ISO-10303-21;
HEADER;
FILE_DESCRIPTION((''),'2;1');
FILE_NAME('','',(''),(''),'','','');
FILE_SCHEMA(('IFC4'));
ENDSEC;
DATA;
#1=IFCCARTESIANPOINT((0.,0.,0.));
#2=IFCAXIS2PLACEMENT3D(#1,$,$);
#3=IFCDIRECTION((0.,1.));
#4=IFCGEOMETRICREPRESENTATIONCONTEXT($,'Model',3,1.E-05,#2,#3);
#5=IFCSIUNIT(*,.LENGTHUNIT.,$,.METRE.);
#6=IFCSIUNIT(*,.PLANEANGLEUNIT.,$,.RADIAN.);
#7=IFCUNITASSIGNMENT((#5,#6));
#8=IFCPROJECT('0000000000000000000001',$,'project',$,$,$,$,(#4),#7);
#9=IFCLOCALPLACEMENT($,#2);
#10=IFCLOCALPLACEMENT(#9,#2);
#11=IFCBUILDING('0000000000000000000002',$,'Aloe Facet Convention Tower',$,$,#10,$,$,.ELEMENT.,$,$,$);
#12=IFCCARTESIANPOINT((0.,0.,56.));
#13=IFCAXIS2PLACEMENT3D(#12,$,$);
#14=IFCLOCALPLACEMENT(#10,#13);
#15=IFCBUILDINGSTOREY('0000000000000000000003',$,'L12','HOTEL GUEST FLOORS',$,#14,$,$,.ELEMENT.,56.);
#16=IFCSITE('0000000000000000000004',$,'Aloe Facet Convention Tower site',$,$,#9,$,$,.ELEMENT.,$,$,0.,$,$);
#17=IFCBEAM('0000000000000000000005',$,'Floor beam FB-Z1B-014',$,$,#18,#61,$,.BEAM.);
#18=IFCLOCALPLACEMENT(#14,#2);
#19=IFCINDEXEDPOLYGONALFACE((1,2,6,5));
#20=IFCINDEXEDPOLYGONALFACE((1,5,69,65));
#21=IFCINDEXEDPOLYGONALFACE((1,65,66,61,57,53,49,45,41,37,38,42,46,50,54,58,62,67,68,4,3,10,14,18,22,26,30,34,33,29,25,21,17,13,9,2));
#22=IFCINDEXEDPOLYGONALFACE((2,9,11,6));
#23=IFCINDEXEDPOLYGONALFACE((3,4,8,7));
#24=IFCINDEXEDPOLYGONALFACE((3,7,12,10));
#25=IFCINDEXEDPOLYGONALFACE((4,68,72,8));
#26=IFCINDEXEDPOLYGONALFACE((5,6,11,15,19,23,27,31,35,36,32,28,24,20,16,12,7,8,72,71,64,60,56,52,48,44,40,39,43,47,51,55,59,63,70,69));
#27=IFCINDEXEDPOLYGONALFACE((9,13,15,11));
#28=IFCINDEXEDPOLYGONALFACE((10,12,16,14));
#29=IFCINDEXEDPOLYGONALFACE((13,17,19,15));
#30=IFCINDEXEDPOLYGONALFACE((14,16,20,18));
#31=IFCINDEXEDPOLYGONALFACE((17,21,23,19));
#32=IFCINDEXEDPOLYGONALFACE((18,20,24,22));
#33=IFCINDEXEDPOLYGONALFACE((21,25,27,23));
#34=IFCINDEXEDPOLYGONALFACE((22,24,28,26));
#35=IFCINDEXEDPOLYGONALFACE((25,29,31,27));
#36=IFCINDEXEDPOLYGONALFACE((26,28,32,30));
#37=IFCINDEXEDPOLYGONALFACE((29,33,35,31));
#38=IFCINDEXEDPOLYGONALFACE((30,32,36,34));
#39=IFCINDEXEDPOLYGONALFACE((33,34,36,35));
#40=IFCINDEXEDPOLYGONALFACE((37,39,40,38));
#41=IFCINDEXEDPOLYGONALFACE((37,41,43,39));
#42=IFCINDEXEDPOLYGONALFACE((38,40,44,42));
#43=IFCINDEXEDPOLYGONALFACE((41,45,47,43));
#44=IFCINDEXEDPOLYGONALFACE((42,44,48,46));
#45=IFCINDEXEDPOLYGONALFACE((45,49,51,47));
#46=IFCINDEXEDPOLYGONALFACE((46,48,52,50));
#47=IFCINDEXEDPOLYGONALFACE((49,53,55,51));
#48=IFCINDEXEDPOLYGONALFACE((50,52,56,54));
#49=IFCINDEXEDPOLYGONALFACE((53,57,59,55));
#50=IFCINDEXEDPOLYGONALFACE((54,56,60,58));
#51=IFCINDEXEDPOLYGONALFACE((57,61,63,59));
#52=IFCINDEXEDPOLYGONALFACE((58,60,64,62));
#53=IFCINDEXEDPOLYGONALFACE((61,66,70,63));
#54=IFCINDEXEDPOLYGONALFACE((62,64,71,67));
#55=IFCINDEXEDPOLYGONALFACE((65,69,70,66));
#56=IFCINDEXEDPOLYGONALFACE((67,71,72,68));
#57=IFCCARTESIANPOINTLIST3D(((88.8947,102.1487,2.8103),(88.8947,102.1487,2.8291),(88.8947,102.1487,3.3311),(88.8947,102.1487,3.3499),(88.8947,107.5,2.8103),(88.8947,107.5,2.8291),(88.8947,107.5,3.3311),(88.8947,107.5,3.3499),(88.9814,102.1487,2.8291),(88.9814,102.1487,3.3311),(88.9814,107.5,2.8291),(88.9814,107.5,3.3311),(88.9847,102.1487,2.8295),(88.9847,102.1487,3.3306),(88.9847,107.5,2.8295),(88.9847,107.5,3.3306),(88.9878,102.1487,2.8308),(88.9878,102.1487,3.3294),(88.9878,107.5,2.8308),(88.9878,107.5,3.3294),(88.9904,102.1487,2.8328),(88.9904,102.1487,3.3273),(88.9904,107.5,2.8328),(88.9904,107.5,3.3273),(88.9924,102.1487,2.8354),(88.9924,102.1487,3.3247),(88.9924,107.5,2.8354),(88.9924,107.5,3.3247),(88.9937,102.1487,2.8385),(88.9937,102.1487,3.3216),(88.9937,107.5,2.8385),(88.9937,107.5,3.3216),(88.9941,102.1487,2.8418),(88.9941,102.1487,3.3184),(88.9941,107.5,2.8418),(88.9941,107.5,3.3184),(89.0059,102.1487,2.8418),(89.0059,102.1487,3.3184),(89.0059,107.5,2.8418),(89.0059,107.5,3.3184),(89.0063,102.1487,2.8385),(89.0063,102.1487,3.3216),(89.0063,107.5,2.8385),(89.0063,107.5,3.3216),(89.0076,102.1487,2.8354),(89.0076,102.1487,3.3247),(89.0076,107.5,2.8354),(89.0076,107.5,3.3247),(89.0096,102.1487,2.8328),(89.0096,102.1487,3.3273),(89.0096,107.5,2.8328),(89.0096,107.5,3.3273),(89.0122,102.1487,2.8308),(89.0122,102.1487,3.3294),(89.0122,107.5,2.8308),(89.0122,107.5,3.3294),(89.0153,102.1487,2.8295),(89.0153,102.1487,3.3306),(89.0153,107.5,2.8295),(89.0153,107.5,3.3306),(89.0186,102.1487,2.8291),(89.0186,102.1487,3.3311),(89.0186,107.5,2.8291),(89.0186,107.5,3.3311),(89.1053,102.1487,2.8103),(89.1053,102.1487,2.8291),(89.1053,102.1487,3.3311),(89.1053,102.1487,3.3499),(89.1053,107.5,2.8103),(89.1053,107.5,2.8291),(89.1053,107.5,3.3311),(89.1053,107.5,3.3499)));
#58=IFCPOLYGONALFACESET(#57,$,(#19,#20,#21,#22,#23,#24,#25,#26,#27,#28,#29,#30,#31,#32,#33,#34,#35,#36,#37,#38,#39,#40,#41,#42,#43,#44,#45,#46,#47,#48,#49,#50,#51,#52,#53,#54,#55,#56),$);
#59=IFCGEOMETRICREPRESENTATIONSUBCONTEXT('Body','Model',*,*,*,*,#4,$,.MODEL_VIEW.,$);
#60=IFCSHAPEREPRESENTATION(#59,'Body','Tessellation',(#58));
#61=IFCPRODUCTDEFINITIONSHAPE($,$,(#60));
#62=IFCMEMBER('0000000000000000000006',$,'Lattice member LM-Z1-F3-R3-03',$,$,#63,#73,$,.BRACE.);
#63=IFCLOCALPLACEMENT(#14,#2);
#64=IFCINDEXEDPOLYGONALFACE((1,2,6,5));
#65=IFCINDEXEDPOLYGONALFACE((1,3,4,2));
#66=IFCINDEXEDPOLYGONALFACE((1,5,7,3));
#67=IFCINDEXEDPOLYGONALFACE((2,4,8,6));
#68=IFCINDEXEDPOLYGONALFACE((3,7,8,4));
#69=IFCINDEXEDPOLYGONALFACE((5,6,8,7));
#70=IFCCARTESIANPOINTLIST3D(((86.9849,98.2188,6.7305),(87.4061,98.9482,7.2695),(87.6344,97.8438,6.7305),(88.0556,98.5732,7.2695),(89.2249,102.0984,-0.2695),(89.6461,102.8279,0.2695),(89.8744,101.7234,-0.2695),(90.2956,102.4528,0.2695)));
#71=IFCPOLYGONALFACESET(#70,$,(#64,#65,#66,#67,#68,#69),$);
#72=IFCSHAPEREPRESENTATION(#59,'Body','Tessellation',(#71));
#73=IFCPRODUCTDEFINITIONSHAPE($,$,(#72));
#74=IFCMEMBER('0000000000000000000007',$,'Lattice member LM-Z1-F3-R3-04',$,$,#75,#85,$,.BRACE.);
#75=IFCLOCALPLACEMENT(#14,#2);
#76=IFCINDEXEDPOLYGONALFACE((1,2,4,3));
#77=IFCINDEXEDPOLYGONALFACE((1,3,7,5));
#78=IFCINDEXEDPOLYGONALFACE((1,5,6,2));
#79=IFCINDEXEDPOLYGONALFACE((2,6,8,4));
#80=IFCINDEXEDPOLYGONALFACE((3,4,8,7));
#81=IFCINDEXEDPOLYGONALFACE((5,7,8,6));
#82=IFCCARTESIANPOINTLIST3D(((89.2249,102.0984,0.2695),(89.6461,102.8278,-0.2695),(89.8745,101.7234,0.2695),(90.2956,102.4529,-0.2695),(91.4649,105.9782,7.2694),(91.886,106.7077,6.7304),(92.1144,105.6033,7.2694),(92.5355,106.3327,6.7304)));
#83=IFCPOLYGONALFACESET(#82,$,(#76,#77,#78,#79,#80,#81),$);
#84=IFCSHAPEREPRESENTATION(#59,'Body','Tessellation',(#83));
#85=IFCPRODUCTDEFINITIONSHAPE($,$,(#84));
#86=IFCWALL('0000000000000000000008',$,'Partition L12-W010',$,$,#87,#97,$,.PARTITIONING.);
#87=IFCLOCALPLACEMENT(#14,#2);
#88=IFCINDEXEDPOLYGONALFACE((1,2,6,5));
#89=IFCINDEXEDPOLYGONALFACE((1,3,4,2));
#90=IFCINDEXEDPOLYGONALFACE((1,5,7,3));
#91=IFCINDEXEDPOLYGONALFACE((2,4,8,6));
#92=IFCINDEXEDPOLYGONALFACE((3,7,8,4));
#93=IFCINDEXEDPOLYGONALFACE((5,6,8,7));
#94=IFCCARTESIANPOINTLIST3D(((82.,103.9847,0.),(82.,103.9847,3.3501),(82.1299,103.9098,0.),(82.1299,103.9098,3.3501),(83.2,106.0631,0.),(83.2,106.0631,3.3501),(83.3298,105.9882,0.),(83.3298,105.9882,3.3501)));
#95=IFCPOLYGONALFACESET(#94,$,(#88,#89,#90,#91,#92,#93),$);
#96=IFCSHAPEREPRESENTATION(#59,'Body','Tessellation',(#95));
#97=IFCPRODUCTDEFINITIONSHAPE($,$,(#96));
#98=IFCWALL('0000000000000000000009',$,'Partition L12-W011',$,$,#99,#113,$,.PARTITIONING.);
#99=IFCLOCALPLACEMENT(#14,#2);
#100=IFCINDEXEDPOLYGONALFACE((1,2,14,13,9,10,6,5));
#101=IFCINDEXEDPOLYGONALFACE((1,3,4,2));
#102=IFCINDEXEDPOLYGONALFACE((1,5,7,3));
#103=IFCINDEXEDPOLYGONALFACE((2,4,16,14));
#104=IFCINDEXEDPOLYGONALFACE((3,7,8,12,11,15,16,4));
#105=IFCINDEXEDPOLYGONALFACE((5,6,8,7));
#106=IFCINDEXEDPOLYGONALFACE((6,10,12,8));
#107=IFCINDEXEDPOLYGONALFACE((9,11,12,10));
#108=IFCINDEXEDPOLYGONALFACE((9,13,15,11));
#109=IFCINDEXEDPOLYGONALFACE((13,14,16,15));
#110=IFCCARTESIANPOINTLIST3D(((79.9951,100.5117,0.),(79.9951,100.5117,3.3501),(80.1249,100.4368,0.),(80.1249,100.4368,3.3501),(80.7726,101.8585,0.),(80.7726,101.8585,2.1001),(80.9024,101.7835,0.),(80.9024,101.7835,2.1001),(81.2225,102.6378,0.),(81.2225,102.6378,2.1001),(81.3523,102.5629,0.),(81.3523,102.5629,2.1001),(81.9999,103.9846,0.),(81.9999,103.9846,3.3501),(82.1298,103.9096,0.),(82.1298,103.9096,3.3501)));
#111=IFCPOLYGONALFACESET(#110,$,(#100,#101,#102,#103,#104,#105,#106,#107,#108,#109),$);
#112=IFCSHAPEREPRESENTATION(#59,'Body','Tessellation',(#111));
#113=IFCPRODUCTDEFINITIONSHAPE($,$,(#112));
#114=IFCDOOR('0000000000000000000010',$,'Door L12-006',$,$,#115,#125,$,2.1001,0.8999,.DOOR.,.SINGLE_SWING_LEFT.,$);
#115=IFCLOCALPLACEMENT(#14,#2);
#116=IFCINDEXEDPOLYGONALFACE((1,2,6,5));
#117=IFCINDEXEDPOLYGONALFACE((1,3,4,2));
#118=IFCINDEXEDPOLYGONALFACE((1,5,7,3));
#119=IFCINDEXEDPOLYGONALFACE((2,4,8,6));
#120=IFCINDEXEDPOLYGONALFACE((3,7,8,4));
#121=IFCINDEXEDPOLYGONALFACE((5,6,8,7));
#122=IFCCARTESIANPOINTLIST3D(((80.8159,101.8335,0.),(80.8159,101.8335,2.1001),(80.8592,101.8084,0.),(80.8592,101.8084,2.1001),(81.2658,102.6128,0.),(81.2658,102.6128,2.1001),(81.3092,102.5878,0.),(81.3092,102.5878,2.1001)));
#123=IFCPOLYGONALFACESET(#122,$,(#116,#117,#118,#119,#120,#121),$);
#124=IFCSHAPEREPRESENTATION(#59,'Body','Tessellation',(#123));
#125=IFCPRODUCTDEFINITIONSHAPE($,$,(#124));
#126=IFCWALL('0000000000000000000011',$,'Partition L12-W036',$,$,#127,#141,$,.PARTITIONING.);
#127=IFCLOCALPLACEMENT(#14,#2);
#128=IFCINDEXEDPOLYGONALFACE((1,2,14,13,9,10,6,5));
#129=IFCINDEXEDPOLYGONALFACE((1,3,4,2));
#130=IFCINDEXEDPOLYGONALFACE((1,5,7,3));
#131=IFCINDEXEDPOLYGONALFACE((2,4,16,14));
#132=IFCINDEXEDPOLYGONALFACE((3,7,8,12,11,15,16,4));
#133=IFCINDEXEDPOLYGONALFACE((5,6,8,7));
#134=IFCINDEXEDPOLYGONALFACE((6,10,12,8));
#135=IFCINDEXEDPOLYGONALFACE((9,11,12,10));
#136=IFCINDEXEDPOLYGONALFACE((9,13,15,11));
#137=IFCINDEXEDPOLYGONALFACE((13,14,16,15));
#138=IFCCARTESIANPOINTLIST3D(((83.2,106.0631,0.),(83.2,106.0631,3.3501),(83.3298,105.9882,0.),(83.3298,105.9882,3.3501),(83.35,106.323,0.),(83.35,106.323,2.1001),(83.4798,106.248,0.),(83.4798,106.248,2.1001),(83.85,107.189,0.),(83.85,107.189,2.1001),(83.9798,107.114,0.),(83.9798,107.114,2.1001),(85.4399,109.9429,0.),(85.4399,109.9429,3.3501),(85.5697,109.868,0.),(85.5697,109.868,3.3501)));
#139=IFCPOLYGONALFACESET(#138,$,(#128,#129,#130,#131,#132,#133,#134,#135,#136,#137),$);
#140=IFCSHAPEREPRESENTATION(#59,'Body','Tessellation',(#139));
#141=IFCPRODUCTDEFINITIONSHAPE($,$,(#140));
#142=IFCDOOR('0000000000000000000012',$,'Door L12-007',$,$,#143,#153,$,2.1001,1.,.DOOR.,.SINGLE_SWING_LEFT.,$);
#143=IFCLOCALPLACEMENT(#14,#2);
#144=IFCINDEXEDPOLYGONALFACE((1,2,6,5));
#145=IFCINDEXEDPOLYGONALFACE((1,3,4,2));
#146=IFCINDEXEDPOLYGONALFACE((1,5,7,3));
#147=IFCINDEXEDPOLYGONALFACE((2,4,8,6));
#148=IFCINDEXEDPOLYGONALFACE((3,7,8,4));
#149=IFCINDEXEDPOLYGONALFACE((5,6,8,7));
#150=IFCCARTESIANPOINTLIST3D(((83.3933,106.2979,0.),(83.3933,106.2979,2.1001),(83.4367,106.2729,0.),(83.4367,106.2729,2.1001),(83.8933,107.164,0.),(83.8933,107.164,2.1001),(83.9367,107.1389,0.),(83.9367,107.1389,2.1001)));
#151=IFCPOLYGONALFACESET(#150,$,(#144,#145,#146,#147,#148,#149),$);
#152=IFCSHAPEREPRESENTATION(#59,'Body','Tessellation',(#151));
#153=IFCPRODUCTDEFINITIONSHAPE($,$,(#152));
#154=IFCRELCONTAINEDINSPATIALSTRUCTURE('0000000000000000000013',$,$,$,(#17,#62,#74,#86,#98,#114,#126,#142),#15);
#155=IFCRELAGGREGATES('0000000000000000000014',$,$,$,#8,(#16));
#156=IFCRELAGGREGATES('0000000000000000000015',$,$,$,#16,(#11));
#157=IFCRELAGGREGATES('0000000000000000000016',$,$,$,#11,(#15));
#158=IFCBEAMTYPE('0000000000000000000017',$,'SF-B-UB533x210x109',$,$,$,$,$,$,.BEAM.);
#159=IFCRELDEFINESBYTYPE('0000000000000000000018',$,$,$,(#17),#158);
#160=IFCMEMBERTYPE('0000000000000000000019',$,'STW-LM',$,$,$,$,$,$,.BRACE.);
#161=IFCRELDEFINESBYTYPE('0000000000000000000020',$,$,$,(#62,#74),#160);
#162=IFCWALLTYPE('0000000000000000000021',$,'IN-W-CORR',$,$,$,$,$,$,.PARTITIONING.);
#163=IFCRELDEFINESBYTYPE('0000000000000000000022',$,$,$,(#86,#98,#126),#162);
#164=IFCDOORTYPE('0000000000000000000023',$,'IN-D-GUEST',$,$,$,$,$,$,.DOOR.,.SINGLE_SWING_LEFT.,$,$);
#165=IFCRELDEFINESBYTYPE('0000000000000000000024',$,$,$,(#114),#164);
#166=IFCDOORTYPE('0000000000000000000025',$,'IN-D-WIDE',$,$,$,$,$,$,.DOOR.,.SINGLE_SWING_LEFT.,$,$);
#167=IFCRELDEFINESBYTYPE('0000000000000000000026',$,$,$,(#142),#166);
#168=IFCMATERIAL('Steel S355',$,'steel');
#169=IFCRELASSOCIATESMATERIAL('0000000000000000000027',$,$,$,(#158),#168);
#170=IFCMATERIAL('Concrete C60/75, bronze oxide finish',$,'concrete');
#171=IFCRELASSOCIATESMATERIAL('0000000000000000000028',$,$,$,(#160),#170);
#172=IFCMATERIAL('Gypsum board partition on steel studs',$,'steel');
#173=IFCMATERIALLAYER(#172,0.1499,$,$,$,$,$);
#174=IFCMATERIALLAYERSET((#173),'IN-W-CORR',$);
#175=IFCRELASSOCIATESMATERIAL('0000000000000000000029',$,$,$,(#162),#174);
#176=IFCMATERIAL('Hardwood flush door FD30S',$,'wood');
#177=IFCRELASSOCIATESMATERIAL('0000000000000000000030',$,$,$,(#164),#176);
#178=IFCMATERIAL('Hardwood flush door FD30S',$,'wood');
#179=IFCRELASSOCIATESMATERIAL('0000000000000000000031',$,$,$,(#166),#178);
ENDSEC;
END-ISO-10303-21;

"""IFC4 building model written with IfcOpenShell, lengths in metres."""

from ifc_helpers import new_model, si_unit, direction, frame, frame_2d, origin, origin_2d, place, context, subcontext, project, spatial, rectangle, i_section, extrude, material, layer, layer_set, material_profile, profile_set, type_object, element, fill, save


model = new_model("IFC4")

# Units and contexts
model_context = context("Model", 3, precision=1e-05, world=origin(), true_north=direction((0.0, 1.0)))
body_context = subcontext(model_context, "Body", "Model", "MODEL_VIEW")
ifc_project = project(units=[si_unit("LENGTHUNIT", "METRE"), si_unit("PLANEANGLEUNIT", "RADIAN")], contexts=[model_context])

# Site, building, storey
site_placement = place(None, origin())
site = spatial("IfcSite", under=ifc_project, at=site_placement, Name="Aloe Facet Convention Tower site", CompositionType="ELEMENT", RefElevation=0.0)
building_placement = place(site_placement, origin())
building = spatial("IfcBuilding", under=site, at=building_placement, Name="Aloe Facet Convention Tower", CompositionType="ELEMENT")
storey_placement = place(building_placement, frame((0.0, 0.0, 56.0)))
storey = spatial("IfcBuildingStorey", under=building, at=storey_placement, Name="L12", Description="HOTEL GUEST FLOORS", CompositionType="ELEMENT", Elevation=56.0)

# Beam
ifc_material_1 = material(Name="Steel S355", Category="steel")
ifc_material_profile_1 = material_profile(ifc_material_1, i_section(OverallWidth=0.2107, OverallDepth=0.5396, WebThickness=0.0117, FlangeThickness=0.0188, FilletRadius=0.0127, at=origin_2d()), Name="UB 533x210x109")
ifc_profile_set_1 = profile_set([ifc_material_profile_1], Name="Steel S355")
beam_type_1 = type_object("IfcBeamType", Name="SF-B-UB533x210x109", PredefinedType="BEAM", material=ifc_profile_set_1)
beam_1_placement = place(storey_placement, frame((89.0, 107.5, 3.0801), z_axis=(0.0, -1.0, 0.0), x_axis=(1.0, 0.0, 0.0)))
element("IfcBeam", 1, at=beam_1_placement, inside=storey, type_object=beam_type_1, Name="Floor beam FB-Z1B-014", PredefinedType="BEAM", context=body_context, shape_type="SweptSolid", body=[
    extrude(i_section(OverallWidth=0.2107, OverallDepth=0.5396, WebThickness=0.0117, FlangeThickness=0.0188, FilletRadius=0.0127, at=origin_2d()), origin(), (0.0, 0.0, 1.0), 5.3513),
])

# Members
ifc_material_2 = material(Name="Concrete C60/75, bronze oxide finish", Category="concrete")
ifc_material_profile_2 = material_profile(ifc_material_2, rectangle(XDim=0.75, YDim=1.0, at=origin_2d()), Name="STW-LM")
ifc_profile_set_2 = profile_set([ifc_material_profile_2], Name="Concrete C60/75, bronze oxide finish")
member_type = type_object("IfcMemberType", Name="STW-LM", PredefinedType="BRACE", material=ifc_profile_set_2)
for number, where, z_axis, x_axis, name in (
    (2, (89.7603, 102.2756, 0.0), (-0.269528, -0.46682, 0.842279), (0.866018, -0.500013, 0.0), "Lattice member LM-Z1-F3-R3-03"),
    (3, (89.7603, 102.2756, 0.0), (0.269524, 0.466843, 0.842267), (-0.866031, 0.49999, 0.0), "Lattice member LM-Z1-F3-R3-04"),
):
    element("IfcMember", number, at=place(storey_placement, frame(where, z_axis=z_axis, x_axis=x_axis)), inside=storey, type_object=member_type, Name=name, PredefinedType="BRACE", context=body_context, shape_type="SweptSolid", body=[
        extrude(rectangle(XDim=0.75, YDim=1.0, at=origin_2d()), origin(), (0.0, 0.0, 1.0), 8.3108),
    ])

# Wall
ifc_material_3 = material(Name="Gypsum board partition on steel studs", Category="steel")
ifc_layer_1 = layer(ifc_material_3, 0.1499)
ifc_layer_set_1 = layer_set([ifc_layer_1], Name="IN-W-CORR")
wall_type_1 = type_object("IfcWallType", Name="IN-W-CORR", PredefinedType="PARTITIONING", material=ifc_layer_set_1)
wall_1_placement = place(storey_placement, frame((82.0649, 103.9473, 0.0), z_axis=(0.0, 0.0, 1.0), x_axis=(0.500001, 0.866025, 0.0)))
element("IfcWall", 4, at=wall_1_placement, inside=storey, type_object=wall_type_1, Name="Partition L12-W010", PredefinedType="PARTITIONING", context=body_context, shape_type="SweptSolid", body=[
    extrude(rectangle(XDim=2.3999, YDim=0.1499, at=frame_2d((1.2, 0.0))), origin(), (0.0, 0.0, 1.0), 3.3501),
])

# Walls, openings, doors
wall_2_placement = place(storey_placement, frame((80.0601, 100.4744, 0.0), z_axis=(0.0, 0.0, 1.0), x_axis=(0.499963, 0.866047, 0.0)))
wall_2 = element("IfcWall", 5, at=wall_2_placement, inside=storey, type_object=wall_type_1, Name="Partition L12-W011", PredefinedType="PARTITIONING", context=body_context, shape_type="SweptSolid", body=[
    extrude(rectangle(XDim=4.01, YDim=0.1499, at=frame_2d((2.0049, 0.0))), origin(), (0.0, 0.0, 1.0), 3.3501),
])
opening_1_placement = place(wall_2_placement, frame((1.5549, 0.0, 0.0)))
opening_1 = element("IfcOpeningElement", 6, at=opening_1_placement, cuts=wall_2, PredefinedType="OPENING", context=body_context, shape_type="SweptSolid", body=[
    extrude(rectangle(XDim=0.8999, YDim=2.1001, at=frame_2d((0.45, 1.05))), frame((0.0, 0.085, 0.0), z_axis=(0.0, -1.0, 0.0), x_axis=(1.0, 0.0, 0.0)), (0.0, 0.0, 1.0), 0.1699),
])
ifc_material_4 = material(Name="Hardwood flush door FD30S", Category="wood")
door_type_1 = type_object("IfcDoorType", Name="IN-D-GUEST", OperationType="SINGLE_SWING_LEFT", PredefinedType="DOOR", material=ifc_material_4)
door_1_placement = place(opening_1_placement, origin())
door_1 = element("IfcDoor", 7, at=door_1_placement, inside=storey, type_object=door_type_1, Name="Door L12-006", OperationType="SINGLE_SWING_LEFT", OverallHeight=2.1001, OverallWidth=0.8999, PredefinedType="DOOR", context=body_context, shape_type="SweptSolid", body=[
    extrude(rectangle(XDim=0.8999, YDim=2.1001, at=frame_2d((0.45, 1.05))), frame((0.0, 0.0249, 0.0), z_axis=(0.0, -1.0, 0.0), x_axis=(1.0, 0.0, 0.0)), (0.0, 0.0, 1.0), 0.05),
])
fill(opening_1, door_1)
wall_3_placement = place(storey_placement, frame((83.2649, 106.0256, 0.0), z_axis=(0.0, 0.0, 1.0), x_axis=(0.49999, 0.866031, 0.0)))
wall_3 = element("IfcWall", 8, at=wall_3_placement, inside=storey, type_object=wall_type_1, Name="Partition L12-W036", PredefinedType="PARTITIONING", context=body_context, shape_type="SweptSolid", body=[
    extrude(rectangle(XDim=4.48, YDim=0.1499, at=frame_2d((2.24, 0.0))), origin(), (0.0, 0.0, 1.0), 3.3501),
])
opening_2_placement = place(wall_3_placement, frame((0.3, 0.0, 0.0)))
opening_2 = element("IfcOpeningElement", 9, at=opening_2_placement, cuts=wall_3, PredefinedType="OPENING", context=body_context, shape_type="SweptSolid", body=[
    extrude(rectangle(XDim=1.0, YDim=2.1001, at=frame_2d((0.5, 1.05))), frame((0.0, 0.085, 0.0), z_axis=(0.0, -1.0, 0.0), x_axis=(1.0, 0.0, 0.0)), (0.0, 0.0, 1.0), 0.1699),
])
ifc_material_5 = material(Name="Hardwood flush door FD30S", Category="wood")
door_type_2 = type_object("IfcDoorType", Name="IN-D-WIDE", OperationType="SINGLE_SWING_LEFT", PredefinedType="DOOR", material=ifc_material_5)
door_2_placement = place(opening_2_placement, origin())
door_2 = element("IfcDoor", 10, at=door_2_placement, inside=storey, type_object=door_type_2, Name="Door L12-007", OperationType="SINGLE_SWING_LEFT", OverallHeight=2.1001, OverallWidth=1.0, PredefinedType="DOOR", context=body_context, shape_type="SweptSolid", body=[
    extrude(rectangle(XDim=1.0, YDim=2.1001, at=frame_2d((0.5, 1.05))), frame((0.0, 0.0249, 0.0), z_axis=(0.0, -1.0, 0.0), x_axis=(1.0, 0.0, 0.0)), (0.0, 0.0, 1.0), 0.05),
])
fill(opening_2, door_2)

save(model, "model.ifc")
